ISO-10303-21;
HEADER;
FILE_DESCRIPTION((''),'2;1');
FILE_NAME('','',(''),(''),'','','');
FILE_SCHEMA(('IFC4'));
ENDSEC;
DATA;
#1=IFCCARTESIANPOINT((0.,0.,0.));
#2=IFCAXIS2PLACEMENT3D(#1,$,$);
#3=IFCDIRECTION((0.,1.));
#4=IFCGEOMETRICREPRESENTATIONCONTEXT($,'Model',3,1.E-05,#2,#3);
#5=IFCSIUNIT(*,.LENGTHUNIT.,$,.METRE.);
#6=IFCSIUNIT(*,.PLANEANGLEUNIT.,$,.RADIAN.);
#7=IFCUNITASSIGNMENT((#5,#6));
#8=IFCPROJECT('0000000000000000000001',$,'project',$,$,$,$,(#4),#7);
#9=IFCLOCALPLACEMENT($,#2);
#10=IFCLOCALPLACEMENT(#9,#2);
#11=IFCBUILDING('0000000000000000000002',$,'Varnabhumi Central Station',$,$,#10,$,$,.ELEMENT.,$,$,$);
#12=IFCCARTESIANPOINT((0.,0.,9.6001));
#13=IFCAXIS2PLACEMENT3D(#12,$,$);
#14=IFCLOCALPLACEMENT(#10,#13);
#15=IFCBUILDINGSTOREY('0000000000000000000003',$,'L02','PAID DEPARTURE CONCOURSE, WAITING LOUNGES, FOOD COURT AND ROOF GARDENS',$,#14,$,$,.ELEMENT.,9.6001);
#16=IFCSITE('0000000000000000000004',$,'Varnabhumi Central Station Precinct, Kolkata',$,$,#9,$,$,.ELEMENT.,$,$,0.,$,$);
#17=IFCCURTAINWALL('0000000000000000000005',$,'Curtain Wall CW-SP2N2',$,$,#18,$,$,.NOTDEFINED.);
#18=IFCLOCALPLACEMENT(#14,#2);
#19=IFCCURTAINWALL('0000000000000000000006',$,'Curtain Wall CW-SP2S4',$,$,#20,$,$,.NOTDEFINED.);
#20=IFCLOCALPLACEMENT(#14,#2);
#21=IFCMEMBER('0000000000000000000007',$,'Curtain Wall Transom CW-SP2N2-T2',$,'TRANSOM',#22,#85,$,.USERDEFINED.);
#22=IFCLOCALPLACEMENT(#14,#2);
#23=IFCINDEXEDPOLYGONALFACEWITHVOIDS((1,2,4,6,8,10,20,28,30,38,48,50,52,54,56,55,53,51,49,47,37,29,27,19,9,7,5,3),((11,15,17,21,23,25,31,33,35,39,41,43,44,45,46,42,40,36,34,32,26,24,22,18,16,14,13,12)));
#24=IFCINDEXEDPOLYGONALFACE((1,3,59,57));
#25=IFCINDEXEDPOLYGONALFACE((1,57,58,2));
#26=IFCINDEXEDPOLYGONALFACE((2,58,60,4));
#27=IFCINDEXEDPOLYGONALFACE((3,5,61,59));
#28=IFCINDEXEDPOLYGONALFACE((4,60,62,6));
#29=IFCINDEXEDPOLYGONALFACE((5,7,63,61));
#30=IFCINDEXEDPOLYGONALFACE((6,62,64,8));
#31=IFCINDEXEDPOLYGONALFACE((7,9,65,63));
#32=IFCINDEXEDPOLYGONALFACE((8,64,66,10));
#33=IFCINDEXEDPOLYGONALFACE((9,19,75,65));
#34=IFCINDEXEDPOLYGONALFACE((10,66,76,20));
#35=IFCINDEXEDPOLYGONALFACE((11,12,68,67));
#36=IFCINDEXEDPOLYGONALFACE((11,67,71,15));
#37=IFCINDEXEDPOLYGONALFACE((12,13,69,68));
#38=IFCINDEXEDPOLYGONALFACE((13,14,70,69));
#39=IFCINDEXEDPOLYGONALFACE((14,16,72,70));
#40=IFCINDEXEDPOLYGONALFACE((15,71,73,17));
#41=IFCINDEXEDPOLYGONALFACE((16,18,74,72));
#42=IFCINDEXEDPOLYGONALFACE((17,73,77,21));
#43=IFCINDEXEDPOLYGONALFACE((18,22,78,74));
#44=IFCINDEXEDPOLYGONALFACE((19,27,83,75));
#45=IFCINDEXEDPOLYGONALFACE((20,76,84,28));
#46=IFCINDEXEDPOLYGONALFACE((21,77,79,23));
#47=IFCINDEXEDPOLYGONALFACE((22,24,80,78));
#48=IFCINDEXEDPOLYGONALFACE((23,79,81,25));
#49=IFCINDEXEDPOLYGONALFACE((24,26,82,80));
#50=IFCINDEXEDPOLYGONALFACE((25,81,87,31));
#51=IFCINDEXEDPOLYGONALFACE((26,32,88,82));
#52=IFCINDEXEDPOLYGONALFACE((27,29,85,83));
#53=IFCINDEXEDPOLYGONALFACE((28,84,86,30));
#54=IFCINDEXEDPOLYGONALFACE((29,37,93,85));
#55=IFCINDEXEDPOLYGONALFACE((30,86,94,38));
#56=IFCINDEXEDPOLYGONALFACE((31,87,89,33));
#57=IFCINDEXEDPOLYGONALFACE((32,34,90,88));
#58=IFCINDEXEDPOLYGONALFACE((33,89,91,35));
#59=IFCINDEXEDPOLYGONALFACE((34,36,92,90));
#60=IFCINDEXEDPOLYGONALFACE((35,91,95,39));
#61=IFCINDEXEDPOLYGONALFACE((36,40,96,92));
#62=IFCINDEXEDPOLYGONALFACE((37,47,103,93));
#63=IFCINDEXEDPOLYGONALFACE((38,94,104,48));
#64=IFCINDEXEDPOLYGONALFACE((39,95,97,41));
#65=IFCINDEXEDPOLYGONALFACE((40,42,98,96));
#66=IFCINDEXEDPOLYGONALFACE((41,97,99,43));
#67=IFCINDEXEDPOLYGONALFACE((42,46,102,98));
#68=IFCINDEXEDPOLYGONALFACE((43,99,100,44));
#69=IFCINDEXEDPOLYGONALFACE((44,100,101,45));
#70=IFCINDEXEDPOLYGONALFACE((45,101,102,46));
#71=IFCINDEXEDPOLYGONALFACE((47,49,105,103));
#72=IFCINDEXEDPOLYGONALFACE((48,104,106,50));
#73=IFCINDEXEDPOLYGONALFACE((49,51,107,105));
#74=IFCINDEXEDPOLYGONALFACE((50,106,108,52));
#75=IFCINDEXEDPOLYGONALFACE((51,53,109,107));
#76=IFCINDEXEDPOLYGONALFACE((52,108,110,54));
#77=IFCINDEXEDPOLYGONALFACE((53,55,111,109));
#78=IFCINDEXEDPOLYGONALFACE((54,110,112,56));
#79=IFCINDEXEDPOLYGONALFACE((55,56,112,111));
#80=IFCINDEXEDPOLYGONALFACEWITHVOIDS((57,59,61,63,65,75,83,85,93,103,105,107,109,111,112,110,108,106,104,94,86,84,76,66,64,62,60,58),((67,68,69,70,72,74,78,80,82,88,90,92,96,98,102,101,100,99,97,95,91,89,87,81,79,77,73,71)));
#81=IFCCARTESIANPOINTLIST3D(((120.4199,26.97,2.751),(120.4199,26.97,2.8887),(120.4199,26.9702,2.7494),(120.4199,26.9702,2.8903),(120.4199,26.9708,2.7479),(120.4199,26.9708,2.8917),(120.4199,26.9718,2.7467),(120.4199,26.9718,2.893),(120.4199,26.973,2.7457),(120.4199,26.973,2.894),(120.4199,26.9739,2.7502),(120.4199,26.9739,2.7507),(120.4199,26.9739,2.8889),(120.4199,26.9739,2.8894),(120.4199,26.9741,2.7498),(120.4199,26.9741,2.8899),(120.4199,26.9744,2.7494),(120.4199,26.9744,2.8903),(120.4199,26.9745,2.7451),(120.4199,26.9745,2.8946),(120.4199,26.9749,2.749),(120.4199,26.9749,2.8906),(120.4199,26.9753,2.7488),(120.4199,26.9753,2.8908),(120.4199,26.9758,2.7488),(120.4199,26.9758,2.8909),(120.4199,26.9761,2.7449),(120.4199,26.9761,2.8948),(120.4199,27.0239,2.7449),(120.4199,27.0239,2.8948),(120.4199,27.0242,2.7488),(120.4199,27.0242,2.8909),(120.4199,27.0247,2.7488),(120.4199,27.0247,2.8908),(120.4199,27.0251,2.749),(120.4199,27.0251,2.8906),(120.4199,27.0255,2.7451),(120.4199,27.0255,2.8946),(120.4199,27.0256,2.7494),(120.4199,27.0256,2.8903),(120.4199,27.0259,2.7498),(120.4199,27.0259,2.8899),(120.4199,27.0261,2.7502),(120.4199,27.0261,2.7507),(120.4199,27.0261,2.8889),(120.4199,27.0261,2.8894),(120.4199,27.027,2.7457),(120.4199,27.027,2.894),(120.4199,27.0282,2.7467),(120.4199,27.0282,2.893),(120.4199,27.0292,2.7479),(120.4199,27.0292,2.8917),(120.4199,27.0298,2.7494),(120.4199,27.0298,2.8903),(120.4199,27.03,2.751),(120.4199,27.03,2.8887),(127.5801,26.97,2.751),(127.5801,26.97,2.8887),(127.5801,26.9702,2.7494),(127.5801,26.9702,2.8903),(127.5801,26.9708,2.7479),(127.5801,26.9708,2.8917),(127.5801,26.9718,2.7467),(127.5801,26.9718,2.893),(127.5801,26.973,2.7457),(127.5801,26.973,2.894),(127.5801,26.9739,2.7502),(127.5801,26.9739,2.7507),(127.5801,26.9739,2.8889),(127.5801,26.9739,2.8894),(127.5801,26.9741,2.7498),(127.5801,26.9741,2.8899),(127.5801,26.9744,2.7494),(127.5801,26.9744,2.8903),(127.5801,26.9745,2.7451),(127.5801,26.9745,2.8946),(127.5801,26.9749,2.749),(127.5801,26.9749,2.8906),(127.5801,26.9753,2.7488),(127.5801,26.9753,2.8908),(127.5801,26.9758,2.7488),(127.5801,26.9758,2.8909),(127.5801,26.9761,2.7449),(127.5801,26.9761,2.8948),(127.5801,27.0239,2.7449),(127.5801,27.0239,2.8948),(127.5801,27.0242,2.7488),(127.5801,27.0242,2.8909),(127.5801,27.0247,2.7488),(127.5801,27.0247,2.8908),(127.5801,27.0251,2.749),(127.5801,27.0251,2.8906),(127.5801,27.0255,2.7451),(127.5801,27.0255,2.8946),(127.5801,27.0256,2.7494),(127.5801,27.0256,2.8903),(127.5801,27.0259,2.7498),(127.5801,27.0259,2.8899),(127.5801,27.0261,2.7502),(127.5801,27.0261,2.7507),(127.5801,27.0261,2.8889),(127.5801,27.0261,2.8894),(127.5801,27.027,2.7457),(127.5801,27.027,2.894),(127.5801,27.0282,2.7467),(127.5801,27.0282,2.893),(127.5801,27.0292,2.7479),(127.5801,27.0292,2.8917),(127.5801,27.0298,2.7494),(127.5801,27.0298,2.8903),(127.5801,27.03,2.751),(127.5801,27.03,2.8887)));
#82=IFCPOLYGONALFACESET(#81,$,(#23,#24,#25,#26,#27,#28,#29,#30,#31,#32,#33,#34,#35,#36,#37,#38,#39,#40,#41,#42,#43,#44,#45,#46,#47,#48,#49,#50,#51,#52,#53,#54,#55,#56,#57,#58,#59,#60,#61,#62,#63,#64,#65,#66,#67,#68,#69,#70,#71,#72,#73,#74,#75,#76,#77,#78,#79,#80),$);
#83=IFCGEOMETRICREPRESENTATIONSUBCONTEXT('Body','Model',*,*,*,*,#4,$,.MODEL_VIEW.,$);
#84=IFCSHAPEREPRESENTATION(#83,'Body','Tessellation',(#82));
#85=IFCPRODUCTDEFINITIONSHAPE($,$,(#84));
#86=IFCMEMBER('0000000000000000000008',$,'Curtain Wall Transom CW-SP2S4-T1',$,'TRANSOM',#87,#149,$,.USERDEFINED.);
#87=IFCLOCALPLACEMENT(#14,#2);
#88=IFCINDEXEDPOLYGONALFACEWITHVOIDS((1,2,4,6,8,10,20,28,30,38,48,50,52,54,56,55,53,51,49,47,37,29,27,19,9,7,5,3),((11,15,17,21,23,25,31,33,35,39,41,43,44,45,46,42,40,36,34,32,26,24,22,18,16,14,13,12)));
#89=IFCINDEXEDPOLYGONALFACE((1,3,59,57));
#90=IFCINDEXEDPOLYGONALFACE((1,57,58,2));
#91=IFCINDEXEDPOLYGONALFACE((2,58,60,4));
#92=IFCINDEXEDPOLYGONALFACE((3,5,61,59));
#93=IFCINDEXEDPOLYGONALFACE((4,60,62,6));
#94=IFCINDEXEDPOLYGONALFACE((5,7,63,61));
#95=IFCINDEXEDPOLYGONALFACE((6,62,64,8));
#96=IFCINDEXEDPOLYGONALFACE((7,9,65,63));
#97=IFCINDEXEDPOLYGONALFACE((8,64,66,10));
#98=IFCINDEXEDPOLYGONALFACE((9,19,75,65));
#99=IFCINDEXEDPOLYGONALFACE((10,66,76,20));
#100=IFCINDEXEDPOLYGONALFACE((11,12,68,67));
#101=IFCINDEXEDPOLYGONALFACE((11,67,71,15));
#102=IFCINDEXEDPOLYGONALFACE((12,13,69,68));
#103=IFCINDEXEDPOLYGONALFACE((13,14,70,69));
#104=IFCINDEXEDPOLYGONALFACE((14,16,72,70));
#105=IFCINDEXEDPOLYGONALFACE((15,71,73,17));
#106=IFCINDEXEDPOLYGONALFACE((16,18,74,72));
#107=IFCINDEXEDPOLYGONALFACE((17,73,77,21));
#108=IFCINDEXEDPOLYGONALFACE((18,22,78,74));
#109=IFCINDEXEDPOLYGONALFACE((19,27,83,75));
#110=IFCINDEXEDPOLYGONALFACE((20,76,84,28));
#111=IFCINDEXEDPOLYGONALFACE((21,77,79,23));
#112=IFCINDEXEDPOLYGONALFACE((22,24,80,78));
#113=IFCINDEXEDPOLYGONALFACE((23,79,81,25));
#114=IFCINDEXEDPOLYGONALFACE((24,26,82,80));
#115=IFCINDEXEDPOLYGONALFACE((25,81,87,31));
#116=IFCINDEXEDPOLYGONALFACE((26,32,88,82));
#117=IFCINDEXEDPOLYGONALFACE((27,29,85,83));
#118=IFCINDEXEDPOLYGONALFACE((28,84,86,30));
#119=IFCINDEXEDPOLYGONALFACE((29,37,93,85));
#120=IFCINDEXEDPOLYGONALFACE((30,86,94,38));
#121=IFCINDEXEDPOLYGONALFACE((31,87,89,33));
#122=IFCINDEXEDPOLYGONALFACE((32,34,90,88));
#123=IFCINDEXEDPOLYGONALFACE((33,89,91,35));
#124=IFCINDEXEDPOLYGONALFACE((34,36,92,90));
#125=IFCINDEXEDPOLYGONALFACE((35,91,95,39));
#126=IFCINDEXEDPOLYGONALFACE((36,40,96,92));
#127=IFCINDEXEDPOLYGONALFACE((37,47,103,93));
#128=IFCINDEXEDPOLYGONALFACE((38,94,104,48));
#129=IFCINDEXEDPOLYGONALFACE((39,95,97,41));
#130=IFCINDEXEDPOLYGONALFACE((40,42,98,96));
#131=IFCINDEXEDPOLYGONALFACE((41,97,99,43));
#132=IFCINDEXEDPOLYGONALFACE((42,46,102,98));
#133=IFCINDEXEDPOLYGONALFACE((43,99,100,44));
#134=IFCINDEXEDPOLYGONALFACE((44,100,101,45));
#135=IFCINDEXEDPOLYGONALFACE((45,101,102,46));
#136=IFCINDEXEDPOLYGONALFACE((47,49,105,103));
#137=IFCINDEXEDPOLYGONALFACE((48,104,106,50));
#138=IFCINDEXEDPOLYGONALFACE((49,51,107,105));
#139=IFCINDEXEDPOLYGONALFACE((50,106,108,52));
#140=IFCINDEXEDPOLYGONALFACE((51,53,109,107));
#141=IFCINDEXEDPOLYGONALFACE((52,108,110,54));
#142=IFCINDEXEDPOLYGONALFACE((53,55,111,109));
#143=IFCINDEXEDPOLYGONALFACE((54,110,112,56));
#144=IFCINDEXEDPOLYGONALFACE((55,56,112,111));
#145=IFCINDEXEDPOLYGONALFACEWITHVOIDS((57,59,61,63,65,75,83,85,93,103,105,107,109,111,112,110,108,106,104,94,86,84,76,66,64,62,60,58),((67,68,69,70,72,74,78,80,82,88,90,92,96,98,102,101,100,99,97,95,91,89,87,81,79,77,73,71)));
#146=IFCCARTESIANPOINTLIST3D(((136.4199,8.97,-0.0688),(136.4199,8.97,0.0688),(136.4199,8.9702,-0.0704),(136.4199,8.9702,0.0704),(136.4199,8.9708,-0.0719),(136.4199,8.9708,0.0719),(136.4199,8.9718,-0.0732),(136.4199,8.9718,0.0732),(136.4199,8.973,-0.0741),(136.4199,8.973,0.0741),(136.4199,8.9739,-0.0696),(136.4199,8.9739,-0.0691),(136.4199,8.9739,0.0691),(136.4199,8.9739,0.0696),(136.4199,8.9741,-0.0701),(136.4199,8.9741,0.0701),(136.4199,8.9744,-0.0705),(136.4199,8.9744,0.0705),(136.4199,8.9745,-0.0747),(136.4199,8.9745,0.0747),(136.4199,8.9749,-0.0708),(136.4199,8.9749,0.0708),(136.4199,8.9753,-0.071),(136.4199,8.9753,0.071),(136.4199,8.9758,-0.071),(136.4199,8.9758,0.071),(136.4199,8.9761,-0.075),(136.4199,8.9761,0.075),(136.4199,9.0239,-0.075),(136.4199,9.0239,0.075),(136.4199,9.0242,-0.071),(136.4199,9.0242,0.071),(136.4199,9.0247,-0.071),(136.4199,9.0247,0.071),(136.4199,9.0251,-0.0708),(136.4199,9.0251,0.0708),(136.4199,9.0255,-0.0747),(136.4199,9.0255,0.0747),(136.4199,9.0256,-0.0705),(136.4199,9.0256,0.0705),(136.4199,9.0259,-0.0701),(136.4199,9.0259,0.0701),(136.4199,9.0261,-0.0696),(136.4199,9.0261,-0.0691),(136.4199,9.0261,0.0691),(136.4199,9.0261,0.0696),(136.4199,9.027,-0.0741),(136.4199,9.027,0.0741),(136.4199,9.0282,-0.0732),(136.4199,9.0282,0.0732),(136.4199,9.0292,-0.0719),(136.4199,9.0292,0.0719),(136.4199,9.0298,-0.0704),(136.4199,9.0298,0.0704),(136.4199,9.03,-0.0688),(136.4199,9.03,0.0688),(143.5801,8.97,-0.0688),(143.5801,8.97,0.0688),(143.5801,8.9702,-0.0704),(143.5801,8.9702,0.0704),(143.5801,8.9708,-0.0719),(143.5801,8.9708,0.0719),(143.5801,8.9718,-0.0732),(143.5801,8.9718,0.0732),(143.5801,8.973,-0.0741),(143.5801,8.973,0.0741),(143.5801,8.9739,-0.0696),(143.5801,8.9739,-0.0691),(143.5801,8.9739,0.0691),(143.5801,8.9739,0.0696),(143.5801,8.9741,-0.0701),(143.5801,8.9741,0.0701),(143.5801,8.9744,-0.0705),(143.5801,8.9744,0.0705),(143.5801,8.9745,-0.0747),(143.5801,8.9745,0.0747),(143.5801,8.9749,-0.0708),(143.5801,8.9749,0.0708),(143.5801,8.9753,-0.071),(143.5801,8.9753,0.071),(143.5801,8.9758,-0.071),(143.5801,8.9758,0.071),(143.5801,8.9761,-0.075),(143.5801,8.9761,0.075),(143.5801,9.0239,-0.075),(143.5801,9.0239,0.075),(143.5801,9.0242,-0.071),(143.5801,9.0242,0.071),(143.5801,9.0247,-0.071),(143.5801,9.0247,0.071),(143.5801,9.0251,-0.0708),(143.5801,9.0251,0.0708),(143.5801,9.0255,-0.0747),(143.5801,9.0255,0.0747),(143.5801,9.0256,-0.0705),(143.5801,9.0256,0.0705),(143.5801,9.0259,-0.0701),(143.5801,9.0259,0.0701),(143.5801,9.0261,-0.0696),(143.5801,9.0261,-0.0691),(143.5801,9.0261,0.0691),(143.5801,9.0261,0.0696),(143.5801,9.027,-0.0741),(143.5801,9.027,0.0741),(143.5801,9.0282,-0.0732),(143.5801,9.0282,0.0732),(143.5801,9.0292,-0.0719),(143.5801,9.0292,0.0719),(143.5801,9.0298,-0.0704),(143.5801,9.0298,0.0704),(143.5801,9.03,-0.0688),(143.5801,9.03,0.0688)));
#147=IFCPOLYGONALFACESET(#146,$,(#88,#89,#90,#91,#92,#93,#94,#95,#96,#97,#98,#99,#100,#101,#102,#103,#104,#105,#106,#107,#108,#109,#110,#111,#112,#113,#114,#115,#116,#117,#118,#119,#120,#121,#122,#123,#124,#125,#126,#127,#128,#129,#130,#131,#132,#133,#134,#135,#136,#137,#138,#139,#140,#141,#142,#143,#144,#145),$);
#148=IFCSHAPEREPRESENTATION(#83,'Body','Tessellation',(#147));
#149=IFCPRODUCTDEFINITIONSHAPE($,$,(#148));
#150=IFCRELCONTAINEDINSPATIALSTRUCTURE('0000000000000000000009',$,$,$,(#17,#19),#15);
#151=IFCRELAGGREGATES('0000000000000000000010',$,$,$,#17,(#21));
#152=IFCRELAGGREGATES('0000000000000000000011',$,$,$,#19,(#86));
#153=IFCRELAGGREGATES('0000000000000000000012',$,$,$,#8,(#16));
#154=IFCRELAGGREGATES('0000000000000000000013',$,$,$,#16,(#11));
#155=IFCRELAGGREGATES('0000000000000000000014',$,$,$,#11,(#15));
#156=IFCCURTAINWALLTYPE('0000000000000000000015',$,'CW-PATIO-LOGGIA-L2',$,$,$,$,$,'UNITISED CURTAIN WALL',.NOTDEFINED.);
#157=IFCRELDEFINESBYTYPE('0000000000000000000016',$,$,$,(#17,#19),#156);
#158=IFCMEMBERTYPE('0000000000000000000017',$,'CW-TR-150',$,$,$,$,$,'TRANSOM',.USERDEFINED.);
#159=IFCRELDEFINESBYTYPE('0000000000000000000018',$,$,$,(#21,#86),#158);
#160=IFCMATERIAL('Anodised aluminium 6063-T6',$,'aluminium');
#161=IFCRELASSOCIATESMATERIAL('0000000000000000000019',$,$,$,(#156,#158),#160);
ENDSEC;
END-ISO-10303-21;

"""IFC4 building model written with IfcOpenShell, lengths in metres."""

from ifc_helpers import new_model, si_unit, direction, frame, origin, origin_2d, place, context, subcontext, project, spatial, hollow_rectangle, extrude, material, material_profile, profile_set, type_object, element, aggregate, save


model = new_model("IFC4")

# Units and contexts
model_context = context("Model", 3, precision=1e-05, world=origin(), true_north=direction((0.0, 1.0)))
body_context = subcontext(model_context, "Body", "Model", "MODEL_VIEW")
ifc_project = project(units=[si_unit("LENGTHUNIT", "METRE"), si_unit("PLANEANGLEUNIT", "RADIAN")], contexts=[model_context])

# Site, building, storey
site_placement = place(None, origin())
site = spatial("IfcSite", under=ifc_project, at=site_placement, Name="Varnabhumi Central Station Precinct, Kolkata", CompositionType="ELEMENT", RefElevation=0.0)
building_placement = place(site_placement, origin())
building = spatial("IfcBuilding", under=site, at=building_placement, Name="Varnabhumi Central Station", CompositionType="ELEMENT")
storey_placement = place(building_placement, frame((0.0, 0.0, 9.6001)))
storey = spatial("IfcBuildingStorey", under=building, at=storey_placement, Name="L02", Description="PAID DEPARTURE CONCOURSE, WAITING LOUNGES, FOOD COURT AND ROOF GARDENS", CompositionType="ELEMENT", Elevation=9.6001)

# Curtain wall
ifc_material_1 = material(Name="Anodised aluminium 6063-T6", Category="aluminium")
curtain_wall_type = type_object("IfcCurtainWallType", Name="CW-PATIO-LOGGIA-L2", ElementType="UNITISED CURTAIN WALL", PredefinedType="NOTDEFINED", material=ifc_material_1)
curtain_wall_1_placement = place(storey_placement, origin())
curtain_wall_1 = element("IfcCurtainWall", 1, at=curtain_wall_1_placement, inside=storey, type_object=curtain_wall_type, Name="Curtain Wall CW-SP2N2", PredefinedType="NOTDEFINED")

# Curtain wall
curtain_wall_2_placement = place(storey_placement, origin())
curtain_wall_2 = element("IfcCurtainWall", 2, at=curtain_wall_2_placement, inside=storey, type_object=curtain_wall_type, Name="Curtain Wall CW-SP2S4", PredefinedType="NOTDEFINED")

# Members
ifc_material_profile_1 = material_profile(ifc_material_1, hollow_rectangle(XDim=0.0601, YDim=0.1499, WallThickness=0.0039, InnerFilletRadius=0.002, OuterFilletRadius=0.0061, at=origin_2d()), Name="Anodised aluminium 6063-T6", Category="aluminium")
ifc_profile_set_1 = profile_set([ifc_material_profile_1], Name="Anodised aluminium 6063-T6")
member_type_1 = type_object("IfcMemberType", Name="CW-TR-150", ElementType="TRANSOM", PredefinedType="USERDEFINED", material=ifc_profile_set_1)
member_1_placement = place(storey_placement, frame((120.4199, 27.0, 2.8198), z_axis=(1.0, 0.0, 0.0), x_axis=(0.0, 1.0, 0.0)))
member_1 = element("IfcMember", 3, at=member_1_placement, type_object=member_type_1, Name="Curtain Wall Transom CW-SP2N2-T2", ObjectType="TRANSOM", PredefinedType="USERDEFINED", context=body_context, shape_type="SweptSolid", body=[
    extrude(hollow_rectangle(XDim=0.0601, YDim=0.1499, WallThickness=0.0039, InnerFilletRadius=0.002, OuterFilletRadius=0.0061, at=origin_2d()), origin(), (0.0, 0.0, 1.0), 7.1602),
])
aggregate(curtain_wall_1, [member_1])
member_2_placement = place(storey_placement, frame((136.4199, 9.0, 0.0), z_axis=(1.0, 0.0, 0.0), x_axis=(0.0, 1.0, 0.0)))
member_2 = element("IfcMember", 4, at=member_2_placement, type_object=member_type_1, Name="Curtain Wall Transom CW-SP2S4-T1", ObjectType="TRANSOM", PredefinedType="USERDEFINED", context=body_context, shape_type="SweptSolid", body=[
    extrude(hollow_rectangle(XDim=0.0601, YDim=0.1499, WallThickness=0.0039, InnerFilletRadius=0.002, OuterFilletRadius=0.0061, at=origin_2d()), origin(), (0.0, 0.0, 1.0), 7.1602),
])

aggregate(curtain_wall_2, [member_2])

save(model, "model.ifc")
